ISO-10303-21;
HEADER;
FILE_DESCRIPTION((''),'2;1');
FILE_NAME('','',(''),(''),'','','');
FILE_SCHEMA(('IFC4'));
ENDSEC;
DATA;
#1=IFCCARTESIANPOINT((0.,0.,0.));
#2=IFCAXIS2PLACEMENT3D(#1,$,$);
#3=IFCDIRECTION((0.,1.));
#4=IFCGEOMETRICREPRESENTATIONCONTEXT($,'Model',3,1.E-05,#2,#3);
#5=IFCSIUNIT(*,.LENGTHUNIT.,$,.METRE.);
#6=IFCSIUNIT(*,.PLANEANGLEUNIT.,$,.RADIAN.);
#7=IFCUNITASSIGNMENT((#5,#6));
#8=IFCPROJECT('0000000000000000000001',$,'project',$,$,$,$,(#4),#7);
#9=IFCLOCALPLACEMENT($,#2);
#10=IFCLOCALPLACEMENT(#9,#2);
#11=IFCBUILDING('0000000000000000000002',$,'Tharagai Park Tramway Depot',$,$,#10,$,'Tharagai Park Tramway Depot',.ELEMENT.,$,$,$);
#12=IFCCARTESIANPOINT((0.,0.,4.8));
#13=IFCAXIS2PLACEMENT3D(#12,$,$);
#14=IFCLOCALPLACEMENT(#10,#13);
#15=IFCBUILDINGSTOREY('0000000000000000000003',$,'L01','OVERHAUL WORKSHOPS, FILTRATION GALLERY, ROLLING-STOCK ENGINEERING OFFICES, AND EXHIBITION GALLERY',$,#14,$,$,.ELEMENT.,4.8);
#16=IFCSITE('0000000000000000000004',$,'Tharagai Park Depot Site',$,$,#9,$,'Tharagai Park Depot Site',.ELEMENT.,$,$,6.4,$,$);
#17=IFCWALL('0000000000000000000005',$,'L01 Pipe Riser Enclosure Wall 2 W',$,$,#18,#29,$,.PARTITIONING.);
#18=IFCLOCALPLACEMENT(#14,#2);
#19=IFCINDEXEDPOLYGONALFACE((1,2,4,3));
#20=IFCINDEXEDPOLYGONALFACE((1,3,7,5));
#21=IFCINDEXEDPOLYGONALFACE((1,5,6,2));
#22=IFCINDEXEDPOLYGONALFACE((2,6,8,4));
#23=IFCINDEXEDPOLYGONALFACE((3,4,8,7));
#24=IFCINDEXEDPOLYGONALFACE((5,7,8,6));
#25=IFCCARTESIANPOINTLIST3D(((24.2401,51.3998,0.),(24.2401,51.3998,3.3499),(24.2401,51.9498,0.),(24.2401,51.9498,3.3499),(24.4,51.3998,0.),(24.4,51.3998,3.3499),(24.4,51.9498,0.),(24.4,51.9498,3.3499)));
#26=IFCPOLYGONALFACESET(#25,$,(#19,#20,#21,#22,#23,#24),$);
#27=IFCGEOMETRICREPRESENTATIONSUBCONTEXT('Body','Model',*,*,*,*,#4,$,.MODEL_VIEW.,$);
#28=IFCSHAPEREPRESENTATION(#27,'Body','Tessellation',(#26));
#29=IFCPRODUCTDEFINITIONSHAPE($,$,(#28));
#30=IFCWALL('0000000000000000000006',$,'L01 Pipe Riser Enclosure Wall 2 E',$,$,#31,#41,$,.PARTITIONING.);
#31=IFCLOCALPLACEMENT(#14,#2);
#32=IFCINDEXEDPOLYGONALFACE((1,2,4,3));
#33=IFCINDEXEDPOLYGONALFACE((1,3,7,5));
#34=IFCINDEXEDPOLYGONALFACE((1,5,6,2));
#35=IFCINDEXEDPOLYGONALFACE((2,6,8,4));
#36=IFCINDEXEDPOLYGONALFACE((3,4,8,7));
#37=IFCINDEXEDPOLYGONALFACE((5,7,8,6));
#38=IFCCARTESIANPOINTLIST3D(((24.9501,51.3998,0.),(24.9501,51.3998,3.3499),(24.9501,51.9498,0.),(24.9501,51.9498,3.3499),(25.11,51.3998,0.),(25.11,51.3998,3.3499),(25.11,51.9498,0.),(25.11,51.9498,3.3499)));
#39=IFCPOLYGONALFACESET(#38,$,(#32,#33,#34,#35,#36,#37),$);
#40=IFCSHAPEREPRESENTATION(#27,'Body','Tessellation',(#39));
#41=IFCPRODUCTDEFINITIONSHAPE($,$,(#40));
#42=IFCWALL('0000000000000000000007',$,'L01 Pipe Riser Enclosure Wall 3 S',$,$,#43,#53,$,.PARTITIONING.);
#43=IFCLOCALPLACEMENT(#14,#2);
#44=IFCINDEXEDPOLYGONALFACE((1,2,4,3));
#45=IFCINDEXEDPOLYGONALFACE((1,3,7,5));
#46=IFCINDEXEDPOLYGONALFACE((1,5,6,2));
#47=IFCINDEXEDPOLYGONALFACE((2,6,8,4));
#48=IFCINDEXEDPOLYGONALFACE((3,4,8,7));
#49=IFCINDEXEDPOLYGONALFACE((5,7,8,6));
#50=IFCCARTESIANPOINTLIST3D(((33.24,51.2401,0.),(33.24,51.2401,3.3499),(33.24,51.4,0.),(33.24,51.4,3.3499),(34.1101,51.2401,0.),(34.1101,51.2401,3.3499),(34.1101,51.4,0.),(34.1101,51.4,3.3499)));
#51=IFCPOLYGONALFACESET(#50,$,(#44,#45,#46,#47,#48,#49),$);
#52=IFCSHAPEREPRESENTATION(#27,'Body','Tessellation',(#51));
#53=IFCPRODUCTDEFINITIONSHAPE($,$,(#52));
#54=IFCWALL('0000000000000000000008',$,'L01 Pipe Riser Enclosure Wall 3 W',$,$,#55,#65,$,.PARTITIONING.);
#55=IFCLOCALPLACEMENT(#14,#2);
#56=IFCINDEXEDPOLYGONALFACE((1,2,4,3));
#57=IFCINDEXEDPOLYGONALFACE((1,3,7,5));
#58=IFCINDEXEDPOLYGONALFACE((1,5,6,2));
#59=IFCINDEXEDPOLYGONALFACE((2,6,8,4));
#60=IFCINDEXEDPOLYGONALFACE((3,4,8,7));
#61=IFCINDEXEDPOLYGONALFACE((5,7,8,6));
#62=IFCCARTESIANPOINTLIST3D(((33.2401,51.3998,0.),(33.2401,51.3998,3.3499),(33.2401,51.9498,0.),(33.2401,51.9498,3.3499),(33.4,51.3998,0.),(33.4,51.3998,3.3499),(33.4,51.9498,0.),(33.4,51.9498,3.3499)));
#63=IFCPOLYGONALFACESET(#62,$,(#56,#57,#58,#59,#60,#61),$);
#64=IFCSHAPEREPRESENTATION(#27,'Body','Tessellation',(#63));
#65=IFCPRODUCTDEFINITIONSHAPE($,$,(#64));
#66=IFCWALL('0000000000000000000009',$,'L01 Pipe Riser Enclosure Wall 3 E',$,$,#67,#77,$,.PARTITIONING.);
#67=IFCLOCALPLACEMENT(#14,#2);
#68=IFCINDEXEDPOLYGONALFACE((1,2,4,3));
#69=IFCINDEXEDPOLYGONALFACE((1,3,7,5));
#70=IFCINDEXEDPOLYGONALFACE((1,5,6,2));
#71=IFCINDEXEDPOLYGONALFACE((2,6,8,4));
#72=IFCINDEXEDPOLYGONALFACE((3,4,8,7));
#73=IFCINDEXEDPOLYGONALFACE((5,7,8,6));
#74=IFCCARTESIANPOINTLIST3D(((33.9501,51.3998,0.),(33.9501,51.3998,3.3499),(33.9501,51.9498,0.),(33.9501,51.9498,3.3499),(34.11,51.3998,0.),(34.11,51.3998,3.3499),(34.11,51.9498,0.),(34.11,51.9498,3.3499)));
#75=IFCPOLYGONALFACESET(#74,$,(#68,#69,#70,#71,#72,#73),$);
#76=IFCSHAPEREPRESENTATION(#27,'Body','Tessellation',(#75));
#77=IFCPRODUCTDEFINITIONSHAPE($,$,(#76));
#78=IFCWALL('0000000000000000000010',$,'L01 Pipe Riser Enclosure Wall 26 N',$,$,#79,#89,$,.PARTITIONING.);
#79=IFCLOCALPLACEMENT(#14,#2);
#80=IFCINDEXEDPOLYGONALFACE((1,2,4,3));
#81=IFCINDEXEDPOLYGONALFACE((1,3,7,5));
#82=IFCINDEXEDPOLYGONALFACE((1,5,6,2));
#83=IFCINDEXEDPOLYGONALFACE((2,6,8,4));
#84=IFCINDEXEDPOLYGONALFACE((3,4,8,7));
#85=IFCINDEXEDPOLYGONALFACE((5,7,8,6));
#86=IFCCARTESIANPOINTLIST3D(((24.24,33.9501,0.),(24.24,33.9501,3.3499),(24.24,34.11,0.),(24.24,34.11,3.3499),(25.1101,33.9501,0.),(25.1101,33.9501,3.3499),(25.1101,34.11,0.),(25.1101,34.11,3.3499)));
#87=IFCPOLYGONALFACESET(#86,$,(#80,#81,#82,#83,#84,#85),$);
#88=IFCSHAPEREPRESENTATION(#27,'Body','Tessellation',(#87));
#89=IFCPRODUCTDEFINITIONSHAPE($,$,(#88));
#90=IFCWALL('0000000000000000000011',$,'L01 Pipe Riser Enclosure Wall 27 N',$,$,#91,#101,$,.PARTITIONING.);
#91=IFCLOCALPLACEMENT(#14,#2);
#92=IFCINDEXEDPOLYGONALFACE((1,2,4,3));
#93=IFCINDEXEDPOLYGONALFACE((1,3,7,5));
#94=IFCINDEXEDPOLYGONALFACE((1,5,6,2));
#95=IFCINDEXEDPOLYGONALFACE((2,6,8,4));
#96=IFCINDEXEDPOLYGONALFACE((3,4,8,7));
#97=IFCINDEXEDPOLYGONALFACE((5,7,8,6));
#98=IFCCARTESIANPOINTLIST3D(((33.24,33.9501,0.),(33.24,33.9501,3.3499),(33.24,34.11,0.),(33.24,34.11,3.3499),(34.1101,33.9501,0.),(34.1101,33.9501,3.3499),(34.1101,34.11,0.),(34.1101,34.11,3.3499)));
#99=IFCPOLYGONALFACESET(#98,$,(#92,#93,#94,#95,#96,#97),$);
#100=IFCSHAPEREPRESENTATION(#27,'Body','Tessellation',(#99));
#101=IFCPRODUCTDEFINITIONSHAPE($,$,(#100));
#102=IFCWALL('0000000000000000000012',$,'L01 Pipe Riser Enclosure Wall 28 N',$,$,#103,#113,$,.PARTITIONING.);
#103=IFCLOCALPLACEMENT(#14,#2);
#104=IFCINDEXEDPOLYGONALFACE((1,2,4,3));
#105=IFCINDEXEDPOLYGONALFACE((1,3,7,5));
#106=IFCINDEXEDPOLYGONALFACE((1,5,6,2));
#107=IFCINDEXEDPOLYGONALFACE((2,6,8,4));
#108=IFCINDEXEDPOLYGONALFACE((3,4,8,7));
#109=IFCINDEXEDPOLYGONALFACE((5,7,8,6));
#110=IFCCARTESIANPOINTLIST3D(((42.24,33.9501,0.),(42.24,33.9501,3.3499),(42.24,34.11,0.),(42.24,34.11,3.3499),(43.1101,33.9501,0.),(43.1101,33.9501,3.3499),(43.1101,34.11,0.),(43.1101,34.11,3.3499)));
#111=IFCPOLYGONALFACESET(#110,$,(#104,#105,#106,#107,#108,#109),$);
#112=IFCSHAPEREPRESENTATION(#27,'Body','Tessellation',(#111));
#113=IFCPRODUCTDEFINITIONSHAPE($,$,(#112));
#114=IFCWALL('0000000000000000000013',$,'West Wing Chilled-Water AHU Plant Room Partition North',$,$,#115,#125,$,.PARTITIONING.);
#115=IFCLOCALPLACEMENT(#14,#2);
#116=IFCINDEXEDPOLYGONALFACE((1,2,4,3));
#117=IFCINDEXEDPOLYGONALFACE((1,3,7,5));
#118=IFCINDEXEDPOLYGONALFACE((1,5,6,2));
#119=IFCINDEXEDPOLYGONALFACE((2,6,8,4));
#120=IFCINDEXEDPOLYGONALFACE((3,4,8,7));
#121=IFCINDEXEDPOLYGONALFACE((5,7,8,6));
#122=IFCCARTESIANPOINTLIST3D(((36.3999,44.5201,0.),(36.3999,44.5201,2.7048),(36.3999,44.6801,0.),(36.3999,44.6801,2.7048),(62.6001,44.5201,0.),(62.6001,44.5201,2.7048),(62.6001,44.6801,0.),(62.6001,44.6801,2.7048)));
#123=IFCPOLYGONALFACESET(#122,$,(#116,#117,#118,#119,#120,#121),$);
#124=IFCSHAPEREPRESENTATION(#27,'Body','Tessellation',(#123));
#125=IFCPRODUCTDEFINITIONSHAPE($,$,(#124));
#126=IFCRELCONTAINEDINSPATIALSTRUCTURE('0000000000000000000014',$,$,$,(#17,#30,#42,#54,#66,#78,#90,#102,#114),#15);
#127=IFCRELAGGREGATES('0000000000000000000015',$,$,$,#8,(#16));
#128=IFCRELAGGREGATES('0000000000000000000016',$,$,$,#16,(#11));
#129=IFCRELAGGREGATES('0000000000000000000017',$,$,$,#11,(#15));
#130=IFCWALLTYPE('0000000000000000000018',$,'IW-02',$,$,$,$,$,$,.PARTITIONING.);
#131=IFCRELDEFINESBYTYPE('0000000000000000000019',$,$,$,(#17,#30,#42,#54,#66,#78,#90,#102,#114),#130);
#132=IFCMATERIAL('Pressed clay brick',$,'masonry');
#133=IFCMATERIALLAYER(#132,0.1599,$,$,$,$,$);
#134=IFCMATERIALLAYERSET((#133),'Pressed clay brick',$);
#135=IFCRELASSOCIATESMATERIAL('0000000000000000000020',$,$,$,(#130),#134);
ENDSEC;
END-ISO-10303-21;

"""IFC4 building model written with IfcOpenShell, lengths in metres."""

from ifc_helpers import new_model, si_unit, direction, frame, frame_2d, origin, place, context, subcontext, project, spatial, rectangle, extrude, material, layer, layer_set, type_object, element, save


model = new_model("IFC4")

# Units and contexts
model_context = context("Model", 3, precision=1e-05, world=origin(), true_north=direction((0.0, 1.0)))
body_context = subcontext(model_context, "Body", "Model", "MODEL_VIEW")
ifc_project = project(units=[si_unit("LENGTHUNIT", "METRE"), si_unit("PLANEANGLEUNIT", "RADIAN")], contexts=[model_context])

# Site, building, storey
site_placement = place(None, origin())
site = spatial("IfcSite", under=ifc_project, at=site_placement, Name="Tharagai Park Depot Site", LongName="Tharagai Park Depot Site", CompositionType="ELEMENT", RefElevation=6.4)
building_placement = place(site_placement, origin())
building = spatial("IfcBuilding", under=site, at=building_placement, Name="Tharagai Park Tramway Depot", LongName="Tharagai Park Tramway Depot", CompositionType="ELEMENT")
storey_placement = place(building_placement, frame((0.0, 0.0, 4.8)))
storey = spatial("IfcBuildingStorey", under=building, at=storey_placement, Name="L01", Description="OVERHAUL WORKSHOPS, FILTRATION GALLERY, ROLLING-STOCK ENGINEERING OFFICES, AND EXHIBITION GALLERY", CompositionType="ELEMENT", Elevation=4.8)

# Walls
ifc_material_1 = material(Name="Pressed clay brick", Category="masonry")
ifc_layer = layer(ifc_material_1, 0.1599)
ifc_layer_set = layer_set([ifc_layer], Name="Pressed clay brick")
wall_type = type_object("IfcWallType", Name="IW-02", PredefinedType="PARTITIONING", material=ifc_layer_set)
for number, where, z_axis, x_axis, name in (
    (1, (24.3201, 51.3999, 0.0), (0.0, 0.0, 1.0), (0.0, 1.0, 0.0), "L01 Pipe Riser Enclosure Wall 2 W"),
    (2, (25.03, 51.3999, 0.0), (0.0, 0.0, 1.0), (0.0, 1.0, 0.0), "L01 Pipe Riser Enclosure Wall 2 E"),
):
    element("IfcWall", number, at=place(storey_placement, frame(where, z_axis=z_axis, x_axis=x_axis)), inside=storey, type_object=wall_type, Name=name, PredefinedType="PARTITIONING", context=body_context, shape_type="SweptSolid", body=[
        extrude(rectangle(XDim=0.55, YDim=0.1599, at=frame_2d((0.2749, 0.0))), origin(), (0.0, 0.0, 1.0), 3.3499),
    ])
wall_1_placement = place(storey_placement, frame((33.24, 51.3201, 0.0), z_axis=(0.0, 0.0, 1.0), x_axis=(1.0, 0.0, 0.0)))
element("IfcWall", 3, at=wall_1_placement, inside=storey, type_object=wall_type, Name="L01 Pipe Riser Enclosure Wall 3 S", PredefinedType="PARTITIONING", context=body_context, shape_type="SweptSolid", body=[
    extrude(rectangle(XDim=0.8701, YDim=0.1599, at=frame_2d((0.4351, 0.0))), origin(), (0.0, 0.0, 1.0), 3.3499),
])
for number, where, z_axis, x_axis, name in (
    (4, (33.3201, 51.3999, 0.0), (0.0, 0.0, 1.0), (0.0, 1.0, 0.0), "L01 Pipe Riser Enclosure Wall 3 W"),
    (5, (34.03, 51.3999, 0.0), (0.0, 0.0, 1.0), (0.0, 1.0, 0.0), "L01 Pipe Riser Enclosure Wall 3 E"),
):
    element("IfcWall", number, at=place(storey_placement, frame(where, z_axis=z_axis, x_axis=x_axis)), inside=storey, type_object=wall_type, Name=name, PredefinedType="PARTITIONING", context=body_context, shape_type="SweptSolid", body=[
        extrude(rectangle(XDim=0.55, YDim=0.1599, at=frame_2d((0.2749, 0.0))), origin(), (0.0, 0.0, 1.0), 3.3499),
    ])
for number, where, z_axis, x_axis, name in (
    (6, (24.24, 34.03, 0.0), (0.0, 0.0, 1.0), (1.0, 0.0, 0.0), "L01 Pipe Riser Enclosure Wall 26 N"),
    (7, (33.24, 34.03, 0.0), (0.0, 0.0, 1.0), (1.0, 0.0, 0.0), "L01 Pipe Riser Enclosure Wall 27 N"),
    (8, (42.24, 34.03, 0.0), (0.0, 0.0, 1.0), (1.0, 0.0, 0.0), "L01 Pipe Riser Enclosure Wall 28 N"),
):
    element("IfcWall", number, at=place(storey_placement, frame(where, z_axis=z_axis, x_axis=x_axis)), inside=storey, type_object=wall_type, Name=name, PredefinedType="PARTITIONING", context=body_context, shape_type="SweptSolid", body=[
        extrude(rectangle(XDim=0.8701, YDim=0.1599, at=frame_2d((0.4351, 0.0))), origin(), (0.0, 0.0, 1.0), 3.3499),
    ])
wall_2_placement = place(storey_placement, frame((36.3999, 44.6001, 0.0), z_axis=(0.0, 0.0, 1.0), x_axis=(1.0, 0.0, 0.0)))
element("IfcWall", 9, at=wall_2_placement, inside=storey, type_object=wall_type, Name="West Wing Chilled-Water AHU Plant Room Partition North", PredefinedType="PARTITIONING", context=body_context, shape_type="SweptSolid", body=[
    extrude(rectangle(XDim=26.2002, YDim=0.1599, at=frame_2d((13.1001, 0.0))), origin(), (0.0, 0.0, 1.0), 2.7048),
])

save(model, "model.ifc")
